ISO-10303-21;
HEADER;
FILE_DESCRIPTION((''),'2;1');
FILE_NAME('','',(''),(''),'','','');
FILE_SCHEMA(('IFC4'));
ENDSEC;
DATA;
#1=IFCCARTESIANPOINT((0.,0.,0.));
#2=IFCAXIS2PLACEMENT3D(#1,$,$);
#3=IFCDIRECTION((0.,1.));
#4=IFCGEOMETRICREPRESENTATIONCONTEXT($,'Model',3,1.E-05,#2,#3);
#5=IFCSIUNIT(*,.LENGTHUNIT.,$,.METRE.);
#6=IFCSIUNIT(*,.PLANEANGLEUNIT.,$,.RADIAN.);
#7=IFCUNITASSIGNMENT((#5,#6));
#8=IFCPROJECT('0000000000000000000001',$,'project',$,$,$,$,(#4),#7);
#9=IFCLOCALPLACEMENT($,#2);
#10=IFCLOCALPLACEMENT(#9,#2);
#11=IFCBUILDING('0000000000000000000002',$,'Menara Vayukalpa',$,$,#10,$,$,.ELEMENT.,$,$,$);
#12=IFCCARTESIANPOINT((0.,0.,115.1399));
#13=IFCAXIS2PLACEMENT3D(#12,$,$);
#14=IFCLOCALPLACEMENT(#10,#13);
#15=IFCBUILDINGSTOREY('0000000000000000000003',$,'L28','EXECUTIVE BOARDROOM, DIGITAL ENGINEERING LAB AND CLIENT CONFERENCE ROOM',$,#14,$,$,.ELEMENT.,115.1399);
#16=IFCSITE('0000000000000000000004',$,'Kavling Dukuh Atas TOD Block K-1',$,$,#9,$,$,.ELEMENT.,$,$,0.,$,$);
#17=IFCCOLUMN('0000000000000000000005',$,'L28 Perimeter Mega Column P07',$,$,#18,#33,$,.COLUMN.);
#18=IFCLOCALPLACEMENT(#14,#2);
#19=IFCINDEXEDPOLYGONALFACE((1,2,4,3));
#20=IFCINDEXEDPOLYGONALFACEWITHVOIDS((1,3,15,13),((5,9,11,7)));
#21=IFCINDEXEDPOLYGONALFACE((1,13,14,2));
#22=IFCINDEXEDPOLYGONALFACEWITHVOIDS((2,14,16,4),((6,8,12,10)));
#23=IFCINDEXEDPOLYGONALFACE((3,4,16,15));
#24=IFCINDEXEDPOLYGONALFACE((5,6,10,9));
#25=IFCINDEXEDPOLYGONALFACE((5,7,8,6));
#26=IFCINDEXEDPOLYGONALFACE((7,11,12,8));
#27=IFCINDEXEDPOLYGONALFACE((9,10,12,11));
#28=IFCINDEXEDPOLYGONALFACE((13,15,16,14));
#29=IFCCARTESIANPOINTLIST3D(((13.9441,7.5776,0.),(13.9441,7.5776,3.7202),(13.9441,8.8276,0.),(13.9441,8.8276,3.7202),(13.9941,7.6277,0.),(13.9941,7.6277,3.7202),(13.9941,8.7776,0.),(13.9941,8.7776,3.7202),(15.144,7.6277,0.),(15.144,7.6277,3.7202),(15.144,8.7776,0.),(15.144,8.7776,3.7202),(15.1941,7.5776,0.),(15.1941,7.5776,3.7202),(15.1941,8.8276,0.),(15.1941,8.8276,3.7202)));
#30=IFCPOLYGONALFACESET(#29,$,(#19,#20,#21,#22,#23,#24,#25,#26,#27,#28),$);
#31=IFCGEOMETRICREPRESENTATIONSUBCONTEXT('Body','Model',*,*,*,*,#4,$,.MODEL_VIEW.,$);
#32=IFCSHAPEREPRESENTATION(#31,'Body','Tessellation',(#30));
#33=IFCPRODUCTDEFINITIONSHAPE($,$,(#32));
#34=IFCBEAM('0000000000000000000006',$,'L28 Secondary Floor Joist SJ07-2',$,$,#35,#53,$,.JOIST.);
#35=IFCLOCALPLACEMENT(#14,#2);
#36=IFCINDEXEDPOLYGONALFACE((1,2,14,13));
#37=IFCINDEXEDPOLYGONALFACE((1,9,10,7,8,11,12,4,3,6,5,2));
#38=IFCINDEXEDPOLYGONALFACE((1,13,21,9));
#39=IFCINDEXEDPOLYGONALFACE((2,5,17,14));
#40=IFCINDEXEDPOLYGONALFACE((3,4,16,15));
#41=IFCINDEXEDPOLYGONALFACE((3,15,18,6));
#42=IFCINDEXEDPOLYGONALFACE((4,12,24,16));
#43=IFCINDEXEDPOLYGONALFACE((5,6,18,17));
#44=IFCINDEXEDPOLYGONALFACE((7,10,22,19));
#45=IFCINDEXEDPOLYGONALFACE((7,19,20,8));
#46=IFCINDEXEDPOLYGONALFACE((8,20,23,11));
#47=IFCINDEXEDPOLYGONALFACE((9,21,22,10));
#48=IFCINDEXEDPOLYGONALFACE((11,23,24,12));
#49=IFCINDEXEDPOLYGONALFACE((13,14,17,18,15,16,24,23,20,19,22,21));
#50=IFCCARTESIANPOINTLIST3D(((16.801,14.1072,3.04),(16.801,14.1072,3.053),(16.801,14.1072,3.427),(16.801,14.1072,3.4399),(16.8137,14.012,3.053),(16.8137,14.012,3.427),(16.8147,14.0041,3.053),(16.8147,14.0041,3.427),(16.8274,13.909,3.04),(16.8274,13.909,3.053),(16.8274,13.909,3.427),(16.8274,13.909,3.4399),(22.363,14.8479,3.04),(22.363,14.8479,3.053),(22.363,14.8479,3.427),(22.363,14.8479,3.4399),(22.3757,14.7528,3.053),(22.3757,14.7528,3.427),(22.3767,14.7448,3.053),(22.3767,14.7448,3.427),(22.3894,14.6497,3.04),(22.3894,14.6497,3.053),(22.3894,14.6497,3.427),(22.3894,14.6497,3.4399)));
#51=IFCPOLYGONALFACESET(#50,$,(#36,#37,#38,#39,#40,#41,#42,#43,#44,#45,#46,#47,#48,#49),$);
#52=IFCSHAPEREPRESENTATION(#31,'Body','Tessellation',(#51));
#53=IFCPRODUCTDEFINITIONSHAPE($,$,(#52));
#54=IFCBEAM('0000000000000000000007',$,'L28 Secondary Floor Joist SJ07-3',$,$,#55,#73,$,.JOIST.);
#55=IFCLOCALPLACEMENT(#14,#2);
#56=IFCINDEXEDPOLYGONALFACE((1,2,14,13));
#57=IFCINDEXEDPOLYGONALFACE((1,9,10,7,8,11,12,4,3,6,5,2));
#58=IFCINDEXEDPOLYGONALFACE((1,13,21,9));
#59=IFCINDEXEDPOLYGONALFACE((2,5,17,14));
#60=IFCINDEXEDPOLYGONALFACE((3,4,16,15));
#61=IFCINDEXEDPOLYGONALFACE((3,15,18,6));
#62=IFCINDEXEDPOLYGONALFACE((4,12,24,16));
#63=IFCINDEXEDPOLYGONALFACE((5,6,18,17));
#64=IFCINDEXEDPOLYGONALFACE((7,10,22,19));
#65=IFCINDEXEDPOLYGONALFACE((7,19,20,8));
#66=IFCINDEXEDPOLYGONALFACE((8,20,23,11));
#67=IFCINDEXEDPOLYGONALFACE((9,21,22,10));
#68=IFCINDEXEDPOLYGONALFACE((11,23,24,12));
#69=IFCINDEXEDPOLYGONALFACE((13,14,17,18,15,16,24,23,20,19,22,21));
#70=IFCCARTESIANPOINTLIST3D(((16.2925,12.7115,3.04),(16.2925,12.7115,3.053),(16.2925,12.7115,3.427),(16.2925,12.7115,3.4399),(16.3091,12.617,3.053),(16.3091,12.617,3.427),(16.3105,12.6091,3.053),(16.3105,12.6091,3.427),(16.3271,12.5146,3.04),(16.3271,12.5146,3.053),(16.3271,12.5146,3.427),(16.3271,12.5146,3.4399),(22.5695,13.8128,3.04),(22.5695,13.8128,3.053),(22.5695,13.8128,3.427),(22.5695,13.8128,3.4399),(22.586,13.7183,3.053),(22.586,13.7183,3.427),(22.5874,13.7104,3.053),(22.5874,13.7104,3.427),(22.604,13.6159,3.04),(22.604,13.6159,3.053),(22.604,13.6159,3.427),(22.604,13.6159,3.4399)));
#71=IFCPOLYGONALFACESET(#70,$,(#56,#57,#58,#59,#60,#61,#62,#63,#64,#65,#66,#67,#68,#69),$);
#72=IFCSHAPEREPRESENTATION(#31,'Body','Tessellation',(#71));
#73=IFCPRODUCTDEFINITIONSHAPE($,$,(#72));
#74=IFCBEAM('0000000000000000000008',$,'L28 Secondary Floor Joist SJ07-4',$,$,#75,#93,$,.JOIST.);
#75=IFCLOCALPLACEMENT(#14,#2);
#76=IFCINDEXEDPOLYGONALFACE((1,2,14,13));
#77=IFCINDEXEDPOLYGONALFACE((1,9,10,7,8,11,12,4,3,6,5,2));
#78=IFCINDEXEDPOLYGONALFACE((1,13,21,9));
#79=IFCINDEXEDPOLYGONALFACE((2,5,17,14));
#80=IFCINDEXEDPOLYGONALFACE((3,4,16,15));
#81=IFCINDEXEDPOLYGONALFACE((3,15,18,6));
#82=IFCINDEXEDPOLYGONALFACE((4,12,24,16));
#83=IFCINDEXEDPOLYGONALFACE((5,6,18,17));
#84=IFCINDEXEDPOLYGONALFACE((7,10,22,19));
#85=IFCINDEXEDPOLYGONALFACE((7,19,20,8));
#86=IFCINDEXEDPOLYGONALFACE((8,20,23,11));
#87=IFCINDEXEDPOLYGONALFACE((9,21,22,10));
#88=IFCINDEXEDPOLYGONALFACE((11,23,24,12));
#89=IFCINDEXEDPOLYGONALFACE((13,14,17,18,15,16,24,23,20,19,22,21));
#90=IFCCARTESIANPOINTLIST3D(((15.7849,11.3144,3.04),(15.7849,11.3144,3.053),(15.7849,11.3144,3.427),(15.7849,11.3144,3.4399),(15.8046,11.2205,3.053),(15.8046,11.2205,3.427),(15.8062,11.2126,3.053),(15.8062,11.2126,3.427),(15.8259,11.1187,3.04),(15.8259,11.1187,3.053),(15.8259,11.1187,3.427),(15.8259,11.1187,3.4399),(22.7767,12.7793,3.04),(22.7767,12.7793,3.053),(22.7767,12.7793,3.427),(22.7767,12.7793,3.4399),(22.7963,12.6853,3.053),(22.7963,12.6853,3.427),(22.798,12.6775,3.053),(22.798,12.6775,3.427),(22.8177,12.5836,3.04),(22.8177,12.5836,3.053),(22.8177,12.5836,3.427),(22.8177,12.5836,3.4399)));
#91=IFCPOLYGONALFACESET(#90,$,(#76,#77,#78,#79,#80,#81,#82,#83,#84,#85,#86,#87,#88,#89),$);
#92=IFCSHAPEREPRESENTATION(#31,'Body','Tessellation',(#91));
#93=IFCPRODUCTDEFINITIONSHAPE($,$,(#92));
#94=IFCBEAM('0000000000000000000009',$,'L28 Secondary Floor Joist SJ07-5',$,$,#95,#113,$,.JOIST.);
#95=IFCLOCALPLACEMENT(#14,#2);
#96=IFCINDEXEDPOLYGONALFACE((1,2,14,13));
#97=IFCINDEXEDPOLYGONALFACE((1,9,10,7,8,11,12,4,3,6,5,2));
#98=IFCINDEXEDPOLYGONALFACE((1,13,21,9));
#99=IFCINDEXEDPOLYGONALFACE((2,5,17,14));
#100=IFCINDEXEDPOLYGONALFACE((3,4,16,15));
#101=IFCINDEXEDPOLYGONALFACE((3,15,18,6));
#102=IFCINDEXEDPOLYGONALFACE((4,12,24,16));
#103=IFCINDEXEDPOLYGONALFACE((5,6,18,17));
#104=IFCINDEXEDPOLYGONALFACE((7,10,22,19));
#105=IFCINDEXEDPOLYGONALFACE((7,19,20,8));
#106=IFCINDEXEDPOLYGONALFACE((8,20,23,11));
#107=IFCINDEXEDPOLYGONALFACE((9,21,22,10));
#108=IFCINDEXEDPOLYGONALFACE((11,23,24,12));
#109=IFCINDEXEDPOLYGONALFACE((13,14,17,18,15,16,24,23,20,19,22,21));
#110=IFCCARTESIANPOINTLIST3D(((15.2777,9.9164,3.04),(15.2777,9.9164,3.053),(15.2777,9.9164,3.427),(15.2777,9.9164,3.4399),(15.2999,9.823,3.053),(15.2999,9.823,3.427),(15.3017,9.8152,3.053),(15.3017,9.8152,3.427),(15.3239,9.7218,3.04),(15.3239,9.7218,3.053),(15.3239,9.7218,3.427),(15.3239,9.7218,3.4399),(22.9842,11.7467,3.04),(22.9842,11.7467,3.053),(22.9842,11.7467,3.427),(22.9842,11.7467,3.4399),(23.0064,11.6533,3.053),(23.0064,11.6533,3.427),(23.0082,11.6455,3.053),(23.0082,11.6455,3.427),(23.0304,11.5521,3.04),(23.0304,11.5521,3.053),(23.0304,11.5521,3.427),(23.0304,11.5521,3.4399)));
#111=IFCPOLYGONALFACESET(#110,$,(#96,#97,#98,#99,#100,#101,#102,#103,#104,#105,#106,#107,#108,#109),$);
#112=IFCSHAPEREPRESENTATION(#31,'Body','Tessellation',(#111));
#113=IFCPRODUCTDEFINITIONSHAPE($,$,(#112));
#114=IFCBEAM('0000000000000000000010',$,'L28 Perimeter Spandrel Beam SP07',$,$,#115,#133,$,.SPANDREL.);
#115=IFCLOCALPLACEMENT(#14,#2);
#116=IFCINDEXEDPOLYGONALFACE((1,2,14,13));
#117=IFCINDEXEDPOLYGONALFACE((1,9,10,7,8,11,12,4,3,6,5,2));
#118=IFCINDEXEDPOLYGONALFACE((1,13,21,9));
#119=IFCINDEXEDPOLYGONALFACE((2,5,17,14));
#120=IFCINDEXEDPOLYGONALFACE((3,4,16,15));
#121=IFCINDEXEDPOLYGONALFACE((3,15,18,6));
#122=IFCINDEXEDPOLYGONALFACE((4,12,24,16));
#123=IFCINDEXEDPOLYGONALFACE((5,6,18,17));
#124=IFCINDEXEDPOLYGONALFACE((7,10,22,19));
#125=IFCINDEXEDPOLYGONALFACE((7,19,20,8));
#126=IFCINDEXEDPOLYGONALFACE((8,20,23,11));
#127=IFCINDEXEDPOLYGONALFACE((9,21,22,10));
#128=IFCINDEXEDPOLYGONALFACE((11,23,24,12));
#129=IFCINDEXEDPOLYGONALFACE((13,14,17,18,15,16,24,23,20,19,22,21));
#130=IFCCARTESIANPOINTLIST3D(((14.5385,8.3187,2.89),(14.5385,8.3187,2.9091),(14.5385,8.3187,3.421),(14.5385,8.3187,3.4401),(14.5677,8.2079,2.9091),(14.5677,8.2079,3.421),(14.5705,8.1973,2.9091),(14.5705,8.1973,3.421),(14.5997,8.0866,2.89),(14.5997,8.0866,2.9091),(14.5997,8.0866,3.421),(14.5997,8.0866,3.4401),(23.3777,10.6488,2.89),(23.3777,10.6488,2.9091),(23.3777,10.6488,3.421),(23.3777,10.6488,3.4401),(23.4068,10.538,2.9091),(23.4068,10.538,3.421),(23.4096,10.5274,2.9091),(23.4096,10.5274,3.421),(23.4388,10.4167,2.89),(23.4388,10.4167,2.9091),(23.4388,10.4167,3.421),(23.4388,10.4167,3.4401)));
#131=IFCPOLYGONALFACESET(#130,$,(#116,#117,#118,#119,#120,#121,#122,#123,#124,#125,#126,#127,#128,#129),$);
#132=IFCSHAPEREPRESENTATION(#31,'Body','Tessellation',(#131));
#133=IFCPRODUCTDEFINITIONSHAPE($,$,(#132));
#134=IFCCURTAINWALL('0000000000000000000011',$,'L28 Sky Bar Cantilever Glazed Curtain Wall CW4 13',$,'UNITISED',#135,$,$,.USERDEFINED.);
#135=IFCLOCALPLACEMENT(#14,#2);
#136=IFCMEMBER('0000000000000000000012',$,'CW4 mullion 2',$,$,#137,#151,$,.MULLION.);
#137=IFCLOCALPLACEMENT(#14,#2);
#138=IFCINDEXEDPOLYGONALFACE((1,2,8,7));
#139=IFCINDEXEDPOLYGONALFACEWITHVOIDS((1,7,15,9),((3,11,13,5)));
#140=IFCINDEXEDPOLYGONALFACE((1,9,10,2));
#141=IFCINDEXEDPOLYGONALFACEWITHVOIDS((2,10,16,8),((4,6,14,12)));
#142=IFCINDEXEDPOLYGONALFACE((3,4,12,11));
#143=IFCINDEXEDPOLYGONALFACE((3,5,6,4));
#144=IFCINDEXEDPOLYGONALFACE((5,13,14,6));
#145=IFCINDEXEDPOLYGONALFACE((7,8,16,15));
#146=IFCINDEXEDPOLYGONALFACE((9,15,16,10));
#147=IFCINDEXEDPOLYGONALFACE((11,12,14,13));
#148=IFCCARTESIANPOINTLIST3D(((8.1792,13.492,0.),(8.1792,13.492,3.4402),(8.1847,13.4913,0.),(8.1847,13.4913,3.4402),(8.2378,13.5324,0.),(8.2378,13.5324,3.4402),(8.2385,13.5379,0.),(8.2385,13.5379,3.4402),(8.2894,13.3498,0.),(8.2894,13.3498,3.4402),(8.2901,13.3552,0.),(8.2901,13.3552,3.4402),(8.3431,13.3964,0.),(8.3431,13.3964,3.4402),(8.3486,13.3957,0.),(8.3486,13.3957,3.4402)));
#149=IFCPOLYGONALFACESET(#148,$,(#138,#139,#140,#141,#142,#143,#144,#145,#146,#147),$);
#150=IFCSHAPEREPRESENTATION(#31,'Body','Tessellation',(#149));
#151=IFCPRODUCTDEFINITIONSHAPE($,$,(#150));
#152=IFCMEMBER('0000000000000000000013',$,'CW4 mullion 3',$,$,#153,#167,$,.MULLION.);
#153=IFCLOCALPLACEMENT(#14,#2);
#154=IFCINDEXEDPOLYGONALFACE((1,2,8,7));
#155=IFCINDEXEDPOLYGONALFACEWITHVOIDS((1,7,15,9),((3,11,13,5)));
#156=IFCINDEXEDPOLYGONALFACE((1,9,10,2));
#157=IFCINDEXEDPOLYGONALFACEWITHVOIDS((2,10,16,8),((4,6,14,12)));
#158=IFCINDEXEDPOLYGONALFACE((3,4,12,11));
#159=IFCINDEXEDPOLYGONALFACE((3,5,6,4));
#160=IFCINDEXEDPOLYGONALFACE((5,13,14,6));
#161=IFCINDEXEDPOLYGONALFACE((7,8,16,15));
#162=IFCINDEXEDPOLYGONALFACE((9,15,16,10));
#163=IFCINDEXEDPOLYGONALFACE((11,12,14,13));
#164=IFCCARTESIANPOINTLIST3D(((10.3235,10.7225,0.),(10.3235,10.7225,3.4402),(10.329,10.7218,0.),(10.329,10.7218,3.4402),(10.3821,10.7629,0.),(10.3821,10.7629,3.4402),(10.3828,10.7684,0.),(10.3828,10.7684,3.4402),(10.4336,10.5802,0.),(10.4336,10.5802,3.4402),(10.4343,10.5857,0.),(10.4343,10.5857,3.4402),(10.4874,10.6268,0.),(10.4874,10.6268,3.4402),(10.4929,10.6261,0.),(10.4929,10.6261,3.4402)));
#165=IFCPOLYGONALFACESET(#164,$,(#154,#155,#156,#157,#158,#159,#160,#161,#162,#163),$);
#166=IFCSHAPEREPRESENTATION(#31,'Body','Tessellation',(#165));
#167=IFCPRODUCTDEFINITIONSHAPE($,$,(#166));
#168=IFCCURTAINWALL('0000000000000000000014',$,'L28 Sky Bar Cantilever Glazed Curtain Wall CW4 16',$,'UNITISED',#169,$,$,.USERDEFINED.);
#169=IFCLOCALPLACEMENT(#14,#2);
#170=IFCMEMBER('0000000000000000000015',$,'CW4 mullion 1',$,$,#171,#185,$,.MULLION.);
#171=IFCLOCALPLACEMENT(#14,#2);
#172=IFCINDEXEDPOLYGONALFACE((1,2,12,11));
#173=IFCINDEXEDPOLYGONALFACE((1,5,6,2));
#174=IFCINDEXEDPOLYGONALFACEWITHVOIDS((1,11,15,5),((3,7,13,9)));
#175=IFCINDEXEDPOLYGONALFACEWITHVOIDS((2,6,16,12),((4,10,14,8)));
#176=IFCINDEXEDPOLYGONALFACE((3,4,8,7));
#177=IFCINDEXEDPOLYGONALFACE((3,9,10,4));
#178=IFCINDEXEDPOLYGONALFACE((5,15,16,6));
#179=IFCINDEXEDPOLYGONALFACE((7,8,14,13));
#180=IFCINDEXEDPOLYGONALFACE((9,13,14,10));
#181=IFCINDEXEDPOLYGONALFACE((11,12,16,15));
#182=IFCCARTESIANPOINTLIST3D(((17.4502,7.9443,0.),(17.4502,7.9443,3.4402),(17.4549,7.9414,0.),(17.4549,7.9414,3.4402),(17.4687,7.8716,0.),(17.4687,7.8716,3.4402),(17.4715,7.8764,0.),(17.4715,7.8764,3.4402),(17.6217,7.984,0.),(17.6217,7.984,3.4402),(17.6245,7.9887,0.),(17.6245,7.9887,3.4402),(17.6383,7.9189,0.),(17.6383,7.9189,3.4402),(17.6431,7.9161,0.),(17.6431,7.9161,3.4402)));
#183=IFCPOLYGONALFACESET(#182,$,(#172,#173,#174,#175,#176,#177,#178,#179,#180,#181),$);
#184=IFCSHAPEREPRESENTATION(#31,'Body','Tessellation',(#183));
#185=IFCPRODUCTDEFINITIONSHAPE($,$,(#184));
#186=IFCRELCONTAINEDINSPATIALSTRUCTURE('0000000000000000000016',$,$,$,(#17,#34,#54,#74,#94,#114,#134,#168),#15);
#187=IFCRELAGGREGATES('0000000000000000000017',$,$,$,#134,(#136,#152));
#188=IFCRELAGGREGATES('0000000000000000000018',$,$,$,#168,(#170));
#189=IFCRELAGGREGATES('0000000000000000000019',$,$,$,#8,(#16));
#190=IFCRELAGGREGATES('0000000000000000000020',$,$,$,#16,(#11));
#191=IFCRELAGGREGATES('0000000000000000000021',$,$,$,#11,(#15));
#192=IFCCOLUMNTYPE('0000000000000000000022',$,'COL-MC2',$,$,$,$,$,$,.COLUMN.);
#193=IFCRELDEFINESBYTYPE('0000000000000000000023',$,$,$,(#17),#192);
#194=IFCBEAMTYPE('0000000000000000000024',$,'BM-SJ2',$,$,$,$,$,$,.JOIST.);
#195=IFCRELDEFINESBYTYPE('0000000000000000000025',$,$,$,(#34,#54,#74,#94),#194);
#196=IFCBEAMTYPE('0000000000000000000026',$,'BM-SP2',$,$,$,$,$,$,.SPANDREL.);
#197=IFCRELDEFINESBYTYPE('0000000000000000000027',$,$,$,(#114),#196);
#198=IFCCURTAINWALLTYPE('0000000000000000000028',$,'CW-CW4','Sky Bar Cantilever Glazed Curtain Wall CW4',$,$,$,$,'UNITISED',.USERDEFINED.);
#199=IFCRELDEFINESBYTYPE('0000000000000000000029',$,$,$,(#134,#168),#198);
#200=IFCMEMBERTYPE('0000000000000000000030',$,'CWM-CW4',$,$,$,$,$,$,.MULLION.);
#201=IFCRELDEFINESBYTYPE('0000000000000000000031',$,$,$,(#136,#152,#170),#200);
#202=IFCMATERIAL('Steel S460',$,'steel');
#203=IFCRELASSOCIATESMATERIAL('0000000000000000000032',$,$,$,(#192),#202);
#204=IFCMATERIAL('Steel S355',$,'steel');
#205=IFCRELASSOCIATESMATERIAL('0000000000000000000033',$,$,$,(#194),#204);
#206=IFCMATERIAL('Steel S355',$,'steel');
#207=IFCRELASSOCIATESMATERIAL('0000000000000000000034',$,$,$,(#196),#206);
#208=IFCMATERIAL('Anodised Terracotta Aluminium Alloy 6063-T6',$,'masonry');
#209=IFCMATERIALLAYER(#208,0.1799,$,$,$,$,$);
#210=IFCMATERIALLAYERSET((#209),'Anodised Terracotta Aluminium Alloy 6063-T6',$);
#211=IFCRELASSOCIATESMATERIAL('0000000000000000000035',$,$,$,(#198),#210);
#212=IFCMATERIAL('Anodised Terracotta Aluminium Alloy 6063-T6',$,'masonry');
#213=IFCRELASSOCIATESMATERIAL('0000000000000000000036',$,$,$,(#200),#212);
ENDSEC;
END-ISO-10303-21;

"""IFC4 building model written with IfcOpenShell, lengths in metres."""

from ifc_helpers import new_model, si_unit, direction, frame, origin, origin_2d, place, context, subcontext, project, spatial, hollow_rectangle, i_section, extrude, material, layer, layer_set, material_profile, profile_set, type_object, element, aggregate, save


model = new_model("IFC4")

# Units and contexts
model_context = context("Model", 3, precision=1e-05, world=origin(), true_north=direction((0.0, 1.0)))
body_context = subcontext(model_context, "Body", "Model", "MODEL_VIEW")
ifc_project = project(units=[si_unit("LENGTHUNIT", "METRE"), si_unit("PLANEANGLEUNIT", "RADIAN")], contexts=[model_context])

# Site, building, storey
site_placement = place(None, origin())
site = spatial("IfcSite", under=ifc_project, at=site_placement, Name="Kavling Dukuh Atas TOD Block K-1", CompositionType="ELEMENT", RefElevation=0.0)
building_placement = place(site_placement, origin())
building = spatial("IfcBuilding", under=site, at=building_placement, Name="Menara Vayukalpa", CompositionType="ELEMENT")
storey_placement = place(building_placement, frame((0.0, 0.0, 115.1399)))
storey = spatial("IfcBuildingStorey", under=building, at=storey_placement, Name="L28", Description="EXECUTIVE BOARDROOM, DIGITAL ENGINEERING LAB AND CLIENT CONFERENCE ROOM", CompositionType="ELEMENT", Elevation=115.1399)

# Column
ifc_material_1 = material(Name="Steel S460", Category="steel")
ifc_material_profile_1 = material_profile(ifc_material_1, hollow_rectangle(XDim=1.25, YDim=1.25, WallThickness=0.05, at=origin_2d()), Name="BOX 1250x1250x50")
ifc_profile_set_1 = profile_set([ifc_material_profile_1], Name="Steel S460")
column_type = type_object("IfcColumnType", Name="COL-MC2", PredefinedType="COLUMN", material=ifc_profile_set_1)
column_placement = place(storey_placement, frame((14.5691, 8.2026, 0.0), z_axis=(0.0, 0.0, 1.0), x_axis=(1.0, 0.0, 0.0)))
element("IfcColumn", 1, at=column_placement, inside=storey, type_object=column_type, Name="L28 Perimeter Mega Column P07", PredefinedType="COLUMN", context=body_context, shape_type="SweptSolid", body=[
    extrude(hollow_rectangle(XDim=1.25, YDim=1.25, WallThickness=0.05, at=origin_2d()), origin(), (0.0, 0.0, 1.0), 3.7202),
])

# Beams
ifc_material_2 = material(Name="Steel S355", Category="steel")
ifc_material_profile_2 = material_profile(ifc_material_2, i_section(OverallWidth=0.2, OverallDepth=0.3999, WebThickness=0.0081, FlangeThickness=0.0129, at=origin_2d()), Name="WF 400x200x8x13")
ifc_profile_set_2 = profile_set([ifc_material_profile_2], Name="Steel S355")
beam_type_1 = type_object("IfcBeamType", Name="BM-SJ2", PredefinedType="JOIST", material=ifc_profile_set_2)
beam_1_placement = place(storey_placement, frame((16.8142, 14.0081, 3.24), z_axis=(0.991248, 0.13201, 0.0), x_axis=(-0.13201, 0.991248, 0.0)))
element("IfcBeam", 2, at=beam_1_placement, inside=storey, type_object=beam_type_1, Name="L28 Secondary Floor Joist SJ07-2", PredefinedType="JOIST", context=body_context, shape_type="SweptSolid", body=[
    extrude(i_section(OverallWidth=0.2, OverallDepth=0.3999, WebThickness=0.0081, FlangeThickness=0.0129, at=origin_2d()), origin(), (0.0, 0.0, 1.0), 5.6111),
])
beam_2_placement = place(storey_placement, frame((16.3098, 12.613, 3.24), z_axis=(0.984954, 0.172817, 0.0), x_axis=(-0.172817, 0.984954, 0.0)))
element("IfcBeam", 3, at=beam_2_placement, inside=storey, type_object=beam_type_1, Name="L28 Secondary Floor Joist SJ07-3", PredefinedType="JOIST", context=body_context, shape_type="SweptSolid", body=[
    extrude(i_section(OverallWidth=0.2, OverallDepth=0.3999, WebThickness=0.0081, FlangeThickness=0.0129, at=origin_2d()), origin(), (0.0, 0.0, 1.0), 6.3728),
])
beam_3_placement = place(storey_placement, frame((15.8054, 11.2166, 3.24), z_axis=(0.978749, 0.20506, 0.0), x_axis=(-0.20506, 0.978749, 0.0)))
element("IfcBeam", 4, at=beam_3_placement, inside=storey, type_object=beam_type_1, Name="L28 Secondary Floor Joist SJ07-4", PredefinedType="JOIST", context=body_context, shape_type="SweptSolid", body=[
    extrude(i_section(OverallWidth=0.2, OverallDepth=0.3999, WebThickness=0.0081, FlangeThickness=0.0129, at=origin_2d()), origin(), (0.0, 0.0, 1.0), 7.1436),
])
beam_4_placement = place(storey_placement, frame((15.3008, 9.8191, 3.24), z_axis=(0.972936, 0.231075, 0.0), x_axis=(-0.231075, 0.972936, 0.0)))
element("IfcBeam", 5, at=beam_4_placement, inside=storey, type_object=beam_type_1, Name="L28 Secondary Floor Joist SJ07-5", PredefinedType="JOIST", context=body_context, shape_type="SweptSolid", body=[
    extrude(i_section(OverallWidth=0.2, OverallDepth=0.3999, WebThickness=0.0081, FlangeThickness=0.0129, at=origin_2d()), origin(), (0.0, 0.0, 1.0), 7.9209),
])
ifc_material_3 = material(Name="Steel S355", Category="steel")
ifc_material_profile_3 = material_profile(ifc_material_3, i_section(OverallWidth=0.24, OverallDepth=0.55, WebThickness=0.011, FlangeThickness=0.019, at=origin_2d()), Name="WF 550x240x11x19")
ifc_profile_set_3 = profile_set([ifc_material_profile_3], Name="Steel S355")
beam_type_2 = type_object("IfcBeamType", Name="BM-SP2", PredefinedType="SPANDREL", material=ifc_profile_set_3)
beam_5_placement = place(storey_placement, frame((14.5691, 8.2026, 3.165), z_axis=(0.966967, 0.254902, 0.0), x_axis=(-0.254902, 0.966967, 0.0)))
element("IfcBeam", 6, at=beam_5_placement, inside=storey, type_object=beam_type_2, Name="L28 Perimeter Spandrel Beam SP07", PredefinedType="SPANDREL", context=body_context, shape_type="SweptSolid", body=[
    extrude(i_section(OverallWidth=0.24, OverallDepth=0.55, WebThickness=0.011, FlangeThickness=0.019, at=origin_2d()), origin(), (0.0, 0.0, 1.0), 9.1411),
])

# Curtain wall, members
ifc_material_4 = material(Name="Anodised Terracotta Aluminium Alloy 6063-T6", Category="masonry")
ifc_layer_1 = layer(ifc_material_4, 0.1799)
ifc_layer_set_1 = layer_set([ifc_layer_1], Name="Anodised Terracotta Aluminium Alloy 6063-T6")
curtain_wall_type = type_object("IfcCurtainWallType", Name="CW-CW4", Description="Sky Bar Cantilever Glazed Curtain Wall CW4", ElementType="UNITISED", PredefinedType="USERDEFINED", material=ifc_layer_set_1)
curtain_wall_1_placement = place(storey_placement, origin())
curtain_wall_1 = element("IfcCurtainWall", 7, at=curtain_wall_1_placement, inside=storey, type_object=curtain_wall_type, Name="L28 Sky Bar Cantilever Glazed Curtain Wall CW4 13", ObjectType="UNITISED", PredefinedType="USERDEFINED")
ifc_material_5 = material(Name="Anodised Terracotta Aluminium Alloy 6063-T6", Category="masonry")
ifc_material_profile_4 = material_profile(ifc_material_5, hollow_rectangle(XDim=0.075, YDim=0.1799, WallThickness=0.0039, at=origin_2d()), Name="ALU 75x180x4")
ifc_profile_set_4 = profile_set([ifc_material_profile_4], Name="Anodised Terracotta Aluminium Alloy 6063-T6")
member_type_1 = type_object("IfcMemberType", Name="CWM-CW4", PredefinedType="MULLION", material=ifc_profile_set_4)
member_1_placement = place(storey_placement, frame((8.2639, 13.4438, 0.0), z_axis=(0.0, 0.0, 1.0), x_axis=(0.790712, 0.612189, 0.0)))
member_1 = element("IfcMember", 8, at=member_1_placement, type_object=member_type_1, Name="CW4 mullion 2", PredefinedType="MULLION", context=body_context, shape_type="SweptSolid", body=[
    extrude(hollow_rectangle(XDim=0.075, YDim=0.1799, WallThickness=0.0039, at=origin_2d()), origin(), (0.0, 0.0, 1.0), 3.4402),
])
member_2_placement = place(storey_placement, frame((10.4082, 10.6743, 0.0), z_axis=(0.0, 0.0, 1.0), x_axis=(0.790712, 0.612189, 0.0)))
member_2 = element("IfcMember", 9, at=member_2_placement, type_object=member_type_1, Name="CW4 mullion 3", PredefinedType="MULLION", context=body_context, shape_type="SweptSolid", body=[
    extrude(hollow_rectangle(XDim=0.075, YDim=0.1799, WallThickness=0.0039, at=origin_2d()), origin(), (0.0, 0.0, 1.0), 3.4402),
])

# Curtain wall, member
curtain_wall_2_placement = place(storey_placement, origin())
curtain_wall_2 = element("IfcCurtainWall", 10, at=curtain_wall_2_placement, inside=storey, type_object=curtain_wall_type, Name="L28 Sky Bar Cantilever Glazed Curtain Wall CW4 16", ObjectType="UNITISED", PredefinedType="USERDEFINED")
member_3_placement = place(storey_placement, frame((17.5466, 7.9302, 0.0), z_axis=(0.0, 0.0, 1.0), x_axis=(-0.247131, 0.968982, 0.0)))
member_3 = element("IfcMember", 11, at=member_3_placement, type_object=member_type_1, Name="CW4 mullion 1", PredefinedType="MULLION", context=body_context, shape_type="SweptSolid", body=[
    extrude(hollow_rectangle(XDim=0.075, YDim=0.1799, WallThickness=0.0039, at=origin_2d()), origin(), (0.0, 0.0, 1.0), 3.4402),
])

aggregate(curtain_wall_1, [member_1, member_2])
aggregate(curtain_wall_2, [member_3])

save(model, "model.ifc")
